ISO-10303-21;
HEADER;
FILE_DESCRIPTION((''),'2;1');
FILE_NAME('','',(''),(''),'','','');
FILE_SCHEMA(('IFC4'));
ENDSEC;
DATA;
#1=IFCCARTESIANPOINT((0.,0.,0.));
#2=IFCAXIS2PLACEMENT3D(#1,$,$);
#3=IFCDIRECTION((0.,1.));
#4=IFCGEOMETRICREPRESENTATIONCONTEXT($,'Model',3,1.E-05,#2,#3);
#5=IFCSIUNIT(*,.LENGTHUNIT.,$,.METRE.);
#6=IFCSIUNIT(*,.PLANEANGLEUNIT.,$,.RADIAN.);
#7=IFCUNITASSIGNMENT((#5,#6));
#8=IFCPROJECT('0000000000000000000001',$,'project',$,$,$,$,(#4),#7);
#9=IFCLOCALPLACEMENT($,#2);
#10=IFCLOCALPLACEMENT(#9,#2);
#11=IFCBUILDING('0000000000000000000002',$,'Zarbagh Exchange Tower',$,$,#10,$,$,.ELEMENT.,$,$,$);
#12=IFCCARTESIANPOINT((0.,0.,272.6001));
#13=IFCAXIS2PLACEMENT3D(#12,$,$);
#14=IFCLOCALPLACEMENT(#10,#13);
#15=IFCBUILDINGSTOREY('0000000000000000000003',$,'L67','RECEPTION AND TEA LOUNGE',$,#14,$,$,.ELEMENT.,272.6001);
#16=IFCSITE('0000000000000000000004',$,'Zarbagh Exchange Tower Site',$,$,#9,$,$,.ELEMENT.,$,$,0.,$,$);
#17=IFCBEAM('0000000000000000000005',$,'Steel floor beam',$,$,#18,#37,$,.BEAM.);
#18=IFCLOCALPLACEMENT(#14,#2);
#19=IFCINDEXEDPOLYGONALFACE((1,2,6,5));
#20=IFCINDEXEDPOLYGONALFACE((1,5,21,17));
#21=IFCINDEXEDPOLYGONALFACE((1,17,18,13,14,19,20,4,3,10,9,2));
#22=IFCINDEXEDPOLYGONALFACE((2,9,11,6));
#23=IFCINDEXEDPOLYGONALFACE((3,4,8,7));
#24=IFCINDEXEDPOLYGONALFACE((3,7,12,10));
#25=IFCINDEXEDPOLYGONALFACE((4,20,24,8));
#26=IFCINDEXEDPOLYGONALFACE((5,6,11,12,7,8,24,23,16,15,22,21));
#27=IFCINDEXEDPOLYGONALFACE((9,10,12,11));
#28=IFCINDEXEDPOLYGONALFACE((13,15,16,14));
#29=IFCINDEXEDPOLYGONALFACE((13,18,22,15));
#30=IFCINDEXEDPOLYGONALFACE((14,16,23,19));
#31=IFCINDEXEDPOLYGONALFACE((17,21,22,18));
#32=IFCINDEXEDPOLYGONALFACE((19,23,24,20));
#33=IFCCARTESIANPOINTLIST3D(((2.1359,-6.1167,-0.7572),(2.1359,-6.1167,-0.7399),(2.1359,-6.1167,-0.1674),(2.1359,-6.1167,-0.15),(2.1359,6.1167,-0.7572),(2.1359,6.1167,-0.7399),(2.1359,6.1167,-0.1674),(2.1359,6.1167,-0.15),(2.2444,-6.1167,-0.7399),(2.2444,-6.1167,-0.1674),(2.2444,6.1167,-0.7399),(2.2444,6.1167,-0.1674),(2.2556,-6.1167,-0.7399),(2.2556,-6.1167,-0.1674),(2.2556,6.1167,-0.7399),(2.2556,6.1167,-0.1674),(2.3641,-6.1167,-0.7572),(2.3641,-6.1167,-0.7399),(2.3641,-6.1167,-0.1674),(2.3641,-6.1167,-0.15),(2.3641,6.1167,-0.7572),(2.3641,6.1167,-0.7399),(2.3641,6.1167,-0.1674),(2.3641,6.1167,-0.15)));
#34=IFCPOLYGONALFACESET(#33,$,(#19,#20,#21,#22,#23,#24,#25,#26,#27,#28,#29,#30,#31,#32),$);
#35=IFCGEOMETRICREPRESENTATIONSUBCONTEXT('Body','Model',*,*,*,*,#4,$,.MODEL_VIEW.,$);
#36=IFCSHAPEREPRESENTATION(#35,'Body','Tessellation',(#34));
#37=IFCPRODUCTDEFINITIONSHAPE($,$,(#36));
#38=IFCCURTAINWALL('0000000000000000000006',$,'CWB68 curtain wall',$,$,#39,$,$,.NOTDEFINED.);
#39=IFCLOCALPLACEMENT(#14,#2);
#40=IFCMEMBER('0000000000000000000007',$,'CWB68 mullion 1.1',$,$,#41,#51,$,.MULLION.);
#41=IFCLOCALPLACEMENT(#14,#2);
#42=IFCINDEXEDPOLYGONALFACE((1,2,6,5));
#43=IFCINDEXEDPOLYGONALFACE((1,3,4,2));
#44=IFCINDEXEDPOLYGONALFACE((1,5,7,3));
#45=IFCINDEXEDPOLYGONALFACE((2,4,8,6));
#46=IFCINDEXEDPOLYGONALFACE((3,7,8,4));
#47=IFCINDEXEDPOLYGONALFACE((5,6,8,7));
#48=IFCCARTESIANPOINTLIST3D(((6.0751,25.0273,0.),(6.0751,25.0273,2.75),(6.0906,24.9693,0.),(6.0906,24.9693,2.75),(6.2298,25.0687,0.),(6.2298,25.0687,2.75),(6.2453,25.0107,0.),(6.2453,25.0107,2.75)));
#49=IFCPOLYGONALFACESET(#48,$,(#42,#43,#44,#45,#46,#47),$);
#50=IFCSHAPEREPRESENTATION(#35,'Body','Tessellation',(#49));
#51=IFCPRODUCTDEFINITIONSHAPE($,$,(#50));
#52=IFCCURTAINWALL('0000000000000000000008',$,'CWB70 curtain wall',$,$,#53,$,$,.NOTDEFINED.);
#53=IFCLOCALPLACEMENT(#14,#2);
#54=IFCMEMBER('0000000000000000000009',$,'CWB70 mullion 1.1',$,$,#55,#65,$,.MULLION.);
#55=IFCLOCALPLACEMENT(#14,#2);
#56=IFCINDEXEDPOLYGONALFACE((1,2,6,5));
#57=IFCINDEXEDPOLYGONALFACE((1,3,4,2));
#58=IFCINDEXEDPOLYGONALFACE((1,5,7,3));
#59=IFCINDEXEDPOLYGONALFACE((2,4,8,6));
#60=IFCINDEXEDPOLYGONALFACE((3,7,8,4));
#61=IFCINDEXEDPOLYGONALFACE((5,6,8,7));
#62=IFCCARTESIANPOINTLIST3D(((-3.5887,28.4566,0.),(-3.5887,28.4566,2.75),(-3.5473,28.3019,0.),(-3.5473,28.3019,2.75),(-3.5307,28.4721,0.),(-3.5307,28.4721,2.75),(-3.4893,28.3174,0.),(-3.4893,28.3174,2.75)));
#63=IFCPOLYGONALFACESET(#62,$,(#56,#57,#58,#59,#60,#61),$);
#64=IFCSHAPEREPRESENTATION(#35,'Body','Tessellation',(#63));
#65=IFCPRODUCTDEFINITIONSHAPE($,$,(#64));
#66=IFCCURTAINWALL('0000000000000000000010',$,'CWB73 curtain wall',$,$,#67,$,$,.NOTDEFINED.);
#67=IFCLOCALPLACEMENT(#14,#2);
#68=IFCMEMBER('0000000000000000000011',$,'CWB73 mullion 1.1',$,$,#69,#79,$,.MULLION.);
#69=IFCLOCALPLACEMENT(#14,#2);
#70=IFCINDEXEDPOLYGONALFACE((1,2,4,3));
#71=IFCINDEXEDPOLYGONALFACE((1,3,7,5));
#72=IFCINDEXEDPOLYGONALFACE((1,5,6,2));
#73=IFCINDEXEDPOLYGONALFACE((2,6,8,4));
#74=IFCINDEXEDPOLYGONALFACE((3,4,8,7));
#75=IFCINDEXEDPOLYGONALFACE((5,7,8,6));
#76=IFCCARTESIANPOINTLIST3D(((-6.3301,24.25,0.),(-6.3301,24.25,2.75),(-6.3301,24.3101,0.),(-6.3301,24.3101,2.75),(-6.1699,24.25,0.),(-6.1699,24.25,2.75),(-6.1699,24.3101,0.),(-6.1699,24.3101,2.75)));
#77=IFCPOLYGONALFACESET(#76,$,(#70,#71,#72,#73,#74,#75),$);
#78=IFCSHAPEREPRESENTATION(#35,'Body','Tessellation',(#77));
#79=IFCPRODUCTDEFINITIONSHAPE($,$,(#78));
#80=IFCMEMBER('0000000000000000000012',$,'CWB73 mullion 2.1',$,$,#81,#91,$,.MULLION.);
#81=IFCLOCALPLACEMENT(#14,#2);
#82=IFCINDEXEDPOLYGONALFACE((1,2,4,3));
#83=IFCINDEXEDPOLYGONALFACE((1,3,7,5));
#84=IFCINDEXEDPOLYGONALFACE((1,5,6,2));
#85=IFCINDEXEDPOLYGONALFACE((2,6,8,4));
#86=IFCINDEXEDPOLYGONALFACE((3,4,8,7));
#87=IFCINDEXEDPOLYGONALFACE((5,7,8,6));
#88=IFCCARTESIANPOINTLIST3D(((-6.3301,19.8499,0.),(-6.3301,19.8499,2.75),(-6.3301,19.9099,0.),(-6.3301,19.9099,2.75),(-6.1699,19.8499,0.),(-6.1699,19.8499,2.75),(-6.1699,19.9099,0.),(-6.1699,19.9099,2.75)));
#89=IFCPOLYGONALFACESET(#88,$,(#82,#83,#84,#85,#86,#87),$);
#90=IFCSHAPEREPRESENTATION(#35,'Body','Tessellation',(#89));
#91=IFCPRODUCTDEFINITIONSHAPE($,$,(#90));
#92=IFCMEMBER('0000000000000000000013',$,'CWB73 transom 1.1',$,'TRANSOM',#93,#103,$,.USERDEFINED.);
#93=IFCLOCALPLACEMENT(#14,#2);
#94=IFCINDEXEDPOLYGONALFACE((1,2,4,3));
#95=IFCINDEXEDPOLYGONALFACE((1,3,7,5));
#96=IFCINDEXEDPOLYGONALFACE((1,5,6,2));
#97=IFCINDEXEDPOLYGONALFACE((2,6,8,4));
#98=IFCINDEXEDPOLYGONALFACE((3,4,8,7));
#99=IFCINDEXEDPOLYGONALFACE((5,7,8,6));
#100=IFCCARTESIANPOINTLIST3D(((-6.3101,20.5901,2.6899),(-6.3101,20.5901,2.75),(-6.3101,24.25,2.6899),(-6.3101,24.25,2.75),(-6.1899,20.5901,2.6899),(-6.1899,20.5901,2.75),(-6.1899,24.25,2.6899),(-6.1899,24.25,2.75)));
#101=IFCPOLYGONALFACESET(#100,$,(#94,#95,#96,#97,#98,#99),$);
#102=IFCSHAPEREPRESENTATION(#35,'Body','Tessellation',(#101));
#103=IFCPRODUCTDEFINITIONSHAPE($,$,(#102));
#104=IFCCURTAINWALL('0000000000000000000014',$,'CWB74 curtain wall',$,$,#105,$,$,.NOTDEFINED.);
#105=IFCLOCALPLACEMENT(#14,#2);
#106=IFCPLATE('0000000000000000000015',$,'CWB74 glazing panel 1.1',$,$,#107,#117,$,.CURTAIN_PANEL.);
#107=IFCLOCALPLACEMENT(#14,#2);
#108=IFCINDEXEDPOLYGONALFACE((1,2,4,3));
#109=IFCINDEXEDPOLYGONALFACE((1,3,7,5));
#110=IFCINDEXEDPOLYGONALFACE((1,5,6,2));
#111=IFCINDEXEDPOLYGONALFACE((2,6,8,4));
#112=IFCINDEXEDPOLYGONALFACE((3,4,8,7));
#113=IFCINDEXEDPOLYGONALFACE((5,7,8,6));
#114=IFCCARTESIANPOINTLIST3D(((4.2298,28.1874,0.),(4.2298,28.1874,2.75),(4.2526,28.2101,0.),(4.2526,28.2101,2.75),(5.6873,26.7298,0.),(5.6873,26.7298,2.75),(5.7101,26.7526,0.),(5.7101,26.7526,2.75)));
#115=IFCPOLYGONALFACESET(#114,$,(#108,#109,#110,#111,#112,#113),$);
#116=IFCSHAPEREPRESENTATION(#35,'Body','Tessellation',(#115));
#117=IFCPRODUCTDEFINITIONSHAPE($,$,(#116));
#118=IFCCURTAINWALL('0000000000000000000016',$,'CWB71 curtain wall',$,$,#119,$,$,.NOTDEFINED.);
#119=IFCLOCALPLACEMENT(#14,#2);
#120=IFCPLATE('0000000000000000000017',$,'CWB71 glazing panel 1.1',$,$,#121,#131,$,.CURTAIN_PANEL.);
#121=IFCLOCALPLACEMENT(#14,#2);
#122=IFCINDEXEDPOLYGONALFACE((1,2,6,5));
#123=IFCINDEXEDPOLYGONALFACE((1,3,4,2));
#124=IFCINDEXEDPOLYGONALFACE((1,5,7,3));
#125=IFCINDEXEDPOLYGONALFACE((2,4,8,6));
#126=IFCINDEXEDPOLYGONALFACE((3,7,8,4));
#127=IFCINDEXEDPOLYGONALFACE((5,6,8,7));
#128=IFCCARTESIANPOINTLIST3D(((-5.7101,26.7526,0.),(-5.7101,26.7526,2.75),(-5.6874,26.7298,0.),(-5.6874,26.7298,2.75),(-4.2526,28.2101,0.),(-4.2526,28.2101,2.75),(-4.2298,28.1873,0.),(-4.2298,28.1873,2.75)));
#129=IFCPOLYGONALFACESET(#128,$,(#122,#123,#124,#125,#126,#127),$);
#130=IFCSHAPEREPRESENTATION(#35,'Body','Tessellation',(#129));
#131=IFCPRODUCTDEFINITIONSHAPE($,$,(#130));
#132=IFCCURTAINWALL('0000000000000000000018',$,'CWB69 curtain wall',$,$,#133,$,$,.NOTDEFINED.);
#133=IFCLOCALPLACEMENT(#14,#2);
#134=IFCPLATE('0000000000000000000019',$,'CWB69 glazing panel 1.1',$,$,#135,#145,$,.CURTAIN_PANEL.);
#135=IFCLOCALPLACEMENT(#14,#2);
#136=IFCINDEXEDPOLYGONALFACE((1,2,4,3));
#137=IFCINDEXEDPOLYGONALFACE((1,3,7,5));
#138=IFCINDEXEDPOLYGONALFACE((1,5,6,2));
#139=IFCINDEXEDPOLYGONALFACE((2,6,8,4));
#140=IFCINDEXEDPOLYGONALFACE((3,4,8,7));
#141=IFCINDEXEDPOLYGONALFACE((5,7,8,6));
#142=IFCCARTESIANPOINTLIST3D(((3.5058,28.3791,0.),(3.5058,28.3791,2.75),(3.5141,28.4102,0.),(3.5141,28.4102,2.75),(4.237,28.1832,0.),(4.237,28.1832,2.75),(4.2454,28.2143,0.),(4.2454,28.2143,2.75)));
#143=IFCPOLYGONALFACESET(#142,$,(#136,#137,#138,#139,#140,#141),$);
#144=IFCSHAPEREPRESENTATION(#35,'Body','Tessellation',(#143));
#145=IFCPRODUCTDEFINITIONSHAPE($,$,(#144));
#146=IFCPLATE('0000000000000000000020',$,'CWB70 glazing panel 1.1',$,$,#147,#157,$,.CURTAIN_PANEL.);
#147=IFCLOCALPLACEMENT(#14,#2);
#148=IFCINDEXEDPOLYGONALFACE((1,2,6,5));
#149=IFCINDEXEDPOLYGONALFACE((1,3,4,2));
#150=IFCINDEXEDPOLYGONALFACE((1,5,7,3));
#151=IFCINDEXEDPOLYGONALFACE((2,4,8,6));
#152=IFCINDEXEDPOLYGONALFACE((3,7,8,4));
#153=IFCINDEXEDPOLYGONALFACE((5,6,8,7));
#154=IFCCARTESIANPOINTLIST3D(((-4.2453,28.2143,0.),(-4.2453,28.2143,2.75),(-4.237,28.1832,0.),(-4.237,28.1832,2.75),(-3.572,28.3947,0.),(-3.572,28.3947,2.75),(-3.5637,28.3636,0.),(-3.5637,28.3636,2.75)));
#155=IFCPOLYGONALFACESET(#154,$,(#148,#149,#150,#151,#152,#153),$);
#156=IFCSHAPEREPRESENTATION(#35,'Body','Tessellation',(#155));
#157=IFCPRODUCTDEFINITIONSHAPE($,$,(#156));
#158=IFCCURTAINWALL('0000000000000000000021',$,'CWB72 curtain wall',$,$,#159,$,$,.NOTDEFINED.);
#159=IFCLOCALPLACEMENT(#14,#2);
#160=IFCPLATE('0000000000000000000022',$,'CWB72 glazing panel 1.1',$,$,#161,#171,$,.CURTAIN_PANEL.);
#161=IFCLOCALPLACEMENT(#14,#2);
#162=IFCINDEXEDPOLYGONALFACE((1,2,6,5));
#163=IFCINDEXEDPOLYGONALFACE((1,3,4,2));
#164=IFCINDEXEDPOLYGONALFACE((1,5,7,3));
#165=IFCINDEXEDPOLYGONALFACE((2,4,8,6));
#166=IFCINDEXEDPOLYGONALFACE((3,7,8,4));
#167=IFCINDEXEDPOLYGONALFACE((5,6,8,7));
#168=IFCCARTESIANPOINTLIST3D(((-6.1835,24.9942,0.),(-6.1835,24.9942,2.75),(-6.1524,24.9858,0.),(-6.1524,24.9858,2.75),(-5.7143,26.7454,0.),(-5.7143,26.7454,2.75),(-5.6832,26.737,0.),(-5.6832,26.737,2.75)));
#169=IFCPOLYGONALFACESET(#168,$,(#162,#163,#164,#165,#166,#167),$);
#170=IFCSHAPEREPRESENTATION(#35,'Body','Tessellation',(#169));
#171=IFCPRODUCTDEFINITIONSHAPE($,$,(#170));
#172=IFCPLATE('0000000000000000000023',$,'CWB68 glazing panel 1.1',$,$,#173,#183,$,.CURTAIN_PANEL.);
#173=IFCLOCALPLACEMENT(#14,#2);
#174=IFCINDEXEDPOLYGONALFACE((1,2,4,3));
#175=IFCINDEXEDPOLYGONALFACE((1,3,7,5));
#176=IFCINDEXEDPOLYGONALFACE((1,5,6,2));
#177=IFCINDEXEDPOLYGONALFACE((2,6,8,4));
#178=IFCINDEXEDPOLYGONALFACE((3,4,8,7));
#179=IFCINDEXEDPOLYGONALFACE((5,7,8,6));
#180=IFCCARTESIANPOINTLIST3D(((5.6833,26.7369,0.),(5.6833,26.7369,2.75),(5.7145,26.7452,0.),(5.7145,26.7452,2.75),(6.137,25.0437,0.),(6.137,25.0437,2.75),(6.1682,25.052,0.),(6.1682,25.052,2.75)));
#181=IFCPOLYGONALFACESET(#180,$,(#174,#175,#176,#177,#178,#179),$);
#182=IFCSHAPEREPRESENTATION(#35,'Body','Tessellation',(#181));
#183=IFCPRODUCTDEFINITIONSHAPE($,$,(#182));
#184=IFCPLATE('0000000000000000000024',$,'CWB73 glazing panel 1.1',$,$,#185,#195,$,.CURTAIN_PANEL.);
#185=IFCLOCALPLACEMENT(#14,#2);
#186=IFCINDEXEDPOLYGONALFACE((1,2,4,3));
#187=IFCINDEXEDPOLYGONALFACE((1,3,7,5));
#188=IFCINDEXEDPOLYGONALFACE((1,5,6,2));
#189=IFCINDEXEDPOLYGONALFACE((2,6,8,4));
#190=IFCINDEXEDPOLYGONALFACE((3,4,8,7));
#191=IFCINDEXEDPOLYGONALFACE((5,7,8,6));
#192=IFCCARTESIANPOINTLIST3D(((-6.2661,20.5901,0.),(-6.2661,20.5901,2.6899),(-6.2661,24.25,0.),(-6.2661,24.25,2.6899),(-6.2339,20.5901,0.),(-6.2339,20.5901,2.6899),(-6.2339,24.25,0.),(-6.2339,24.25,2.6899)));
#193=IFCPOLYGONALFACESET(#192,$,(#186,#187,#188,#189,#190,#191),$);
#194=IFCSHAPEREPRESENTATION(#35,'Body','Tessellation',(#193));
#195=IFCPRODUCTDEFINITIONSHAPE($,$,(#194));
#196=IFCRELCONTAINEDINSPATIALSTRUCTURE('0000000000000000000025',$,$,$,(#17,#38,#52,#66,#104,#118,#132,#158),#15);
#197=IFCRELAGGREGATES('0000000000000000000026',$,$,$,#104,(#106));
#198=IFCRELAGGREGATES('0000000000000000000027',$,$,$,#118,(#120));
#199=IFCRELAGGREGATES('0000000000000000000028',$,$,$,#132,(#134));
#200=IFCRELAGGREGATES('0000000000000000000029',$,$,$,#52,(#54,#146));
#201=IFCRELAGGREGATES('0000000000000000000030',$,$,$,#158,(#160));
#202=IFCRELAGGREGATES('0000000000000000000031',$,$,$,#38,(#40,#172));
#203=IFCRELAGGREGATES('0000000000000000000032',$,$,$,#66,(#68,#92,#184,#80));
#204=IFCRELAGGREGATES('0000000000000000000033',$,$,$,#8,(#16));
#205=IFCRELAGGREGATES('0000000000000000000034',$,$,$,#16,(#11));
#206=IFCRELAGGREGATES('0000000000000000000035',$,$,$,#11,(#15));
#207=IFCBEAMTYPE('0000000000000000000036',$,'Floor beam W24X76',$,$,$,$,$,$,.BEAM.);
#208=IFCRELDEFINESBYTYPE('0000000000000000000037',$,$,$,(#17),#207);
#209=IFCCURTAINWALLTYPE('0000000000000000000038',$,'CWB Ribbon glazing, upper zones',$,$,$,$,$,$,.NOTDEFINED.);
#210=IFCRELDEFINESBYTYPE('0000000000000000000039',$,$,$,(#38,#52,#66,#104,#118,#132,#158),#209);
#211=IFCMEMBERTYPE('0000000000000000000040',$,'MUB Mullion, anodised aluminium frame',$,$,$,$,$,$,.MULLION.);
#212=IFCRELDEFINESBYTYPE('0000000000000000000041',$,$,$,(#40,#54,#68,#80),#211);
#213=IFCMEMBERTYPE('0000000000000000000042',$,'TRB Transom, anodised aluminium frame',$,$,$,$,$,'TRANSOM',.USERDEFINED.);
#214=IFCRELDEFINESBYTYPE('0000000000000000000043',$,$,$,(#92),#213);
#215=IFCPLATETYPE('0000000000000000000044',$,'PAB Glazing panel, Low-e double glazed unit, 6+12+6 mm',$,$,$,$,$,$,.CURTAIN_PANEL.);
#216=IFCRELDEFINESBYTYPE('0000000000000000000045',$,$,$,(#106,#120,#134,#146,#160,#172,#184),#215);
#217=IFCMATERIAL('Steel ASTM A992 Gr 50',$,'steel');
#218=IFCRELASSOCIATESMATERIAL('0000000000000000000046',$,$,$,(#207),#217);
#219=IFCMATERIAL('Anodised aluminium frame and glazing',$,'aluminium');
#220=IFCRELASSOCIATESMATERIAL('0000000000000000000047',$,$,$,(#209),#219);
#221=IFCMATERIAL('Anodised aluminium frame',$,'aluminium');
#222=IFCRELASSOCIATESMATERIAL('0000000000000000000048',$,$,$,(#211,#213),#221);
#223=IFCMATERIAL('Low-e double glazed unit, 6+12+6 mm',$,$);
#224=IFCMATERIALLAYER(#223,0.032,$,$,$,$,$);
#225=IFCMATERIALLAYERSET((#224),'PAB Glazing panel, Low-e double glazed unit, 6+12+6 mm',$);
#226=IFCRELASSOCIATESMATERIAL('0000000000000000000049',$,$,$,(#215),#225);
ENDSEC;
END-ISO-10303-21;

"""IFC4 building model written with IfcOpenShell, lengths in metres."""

from ifc_helpers import new_model, si_unit, direction, frame, origin, origin_2d, place, context, subcontext, project, spatial, polyline, i_section, outline, extrude, source, transform, mapped, material, layer, layer_set, material_profile, profile_set, type_object, element, aggregate, save


model = new_model("IFC4")

# Units and contexts
model_context = context("Model", 3, precision=1e-05, world=origin(), true_north=direction((0.0, 1.0)))
body_context = subcontext(model_context, "Body", "Model", "MODEL_VIEW")
ifc_project = project(units=[si_unit("LENGTHUNIT", "METRE"), si_unit("PLANEANGLEUNIT", "RADIAN")], contexts=[model_context])

# Site, building, storey
site_placement = place(None, origin())
site = spatial("IfcSite", under=ifc_project, at=site_placement, Name="Zarbagh Exchange Tower Site", CompositionType="ELEMENT", RefElevation=0.0)
building_placement = place(site_placement, origin())
building = spatial("IfcBuilding", under=site, at=building_placement, Name="Zarbagh Exchange Tower", CompositionType="ELEMENT")
storey_placement = place(building_placement, frame((0.0, 0.0, 272.6001)))
storey = spatial("IfcBuildingStorey", under=building, at=storey_placement, Name="L67", Description="RECEPTION AND TEA LOUNGE", CompositionType="ELEMENT", Elevation=272.6001)

# Beam
ifc_material_1 = material(Name="Steel ASTM A992 Gr 50", Category="steel")
ifc_material_profile = material_profile(ifc_material_1, i_section(OverallWidth=0.2283, OverallDepth=0.6072, WebThickness=0.0112, FlangeThickness=0.0173, at=origin_2d()), Name="W24X76")
ifc_profile_set = profile_set([ifc_material_profile], Name="Steel ASTM A992 Gr 50")
beam_type = type_object("IfcBeamType", Name="Floor beam W24X76", PredefinedType="BEAM", material=ifc_profile_set)
beam_placement = place(storey_placement, frame((2.25, -6.1167, -0.4536), z_axis=(0.0, 1.0, 0.0), x_axis=(-1.0, 0.0, 0.0)))
element("IfcBeam", 1, at=beam_placement, inside=storey, type_object=beam_type, Name="Steel floor beam", PredefinedType="BEAM", context=body_context, shape_type="SweptSolid", body=[
    extrude(i_section(OverallWidth=0.2283, OverallDepth=0.6072, WebThickness=0.0112, FlangeThickness=0.0173, at=origin_2d()), origin(), (0.0, 0.0, 1.0), 12.2334),
])

# Curtain walls, members
ifc_material_2 = material(Name="Anodised aluminium frame and glazing", Category="aluminium")
curtain_wall_type = type_object("IfcCurtainWallType", Name="CWB Ribbon glazing, upper zones", PredefinedType="NOTDEFINED", material=ifc_material_2)
curtain_wall_1_placement = place(storey_placement, origin())
curtain_wall_1 = element("IfcCurtainWall", 2, at=curtain_wall_1_placement, inside=storey, type_object=curtain_wall_type, Name="CWB68 curtain wall", PredefinedType="NOTDEFINED")
ifc_material_3 = material(Name="Anodised aluminium frame", Category="aluminium")
member_type_1 = type_object("IfcMemberType", Name="MUB Mullion, anodised aluminium frame", PredefinedType="MULLION", material=ifc_material_3)
shared_shape_1 = source(origin(), body_context, "Body", "SweptSolid", [
    extrude(outline(polyline([(0.0, -0.0801), (0.0601, -0.0801), (0.0601, 0.0801), (0.0, 0.0801), (0.0, -0.0801)])), origin(), (0.0, 0.0, 1.0), 2.75),
])
placement = place(storey_placement, origin())
member_1 = element("IfcMember", 3, at=placement, type_object=member_type_1, Name="CWB68 mullion 1.1", PredefinedType="MULLION", context=body_context, shape_type="MappedRepresentation", body=[
    mapped(shared_shape_1, transform((6.168, 24.99, 0.0), x_axis=(-0.258825, 0.965924, 0.0), y_axis=(-0.965924, -0.258825, 0.0), z_axis=(0.0, 0.0, 1.0))),
])
curtain_wall_2_placement = place(storey_placement, origin())
curtain_wall_2 = element("IfcCurtainWall", 4, at=curtain_wall_2_placement, inside=storey, type_object=curtain_wall_type, Name="CWB70 curtain wall", PredefinedType="NOTDEFINED")
member_2 = element("IfcMember", 5, at=placement, type_object=member_type_1, Name="CWB70 mullion 1.1", PredefinedType="MULLION", context=body_context, shape_type="MappedRepresentation", body=[
    mapped(shared_shape_1, transform((-3.51, 28.3948, 0.0), x_axis=(-0.965924, -0.258825, 0.0), y_axis=(0.258825, -0.965924, 0.0), z_axis=(0.0, 0.0, 1.0))),
])

# Curtain wall, members
curtain_wall_3_placement = place(storey_placement, origin())
curtain_wall_3 = element("IfcCurtainWall", 6, at=curtain_wall_3_placement, inside=storey, type_object=curtain_wall_type, Name="CWB73 curtain wall", PredefinedType="NOTDEFINED")
member_3 = element("IfcMember", 7, at=placement, type_object=member_type_1, Name="CWB73 mullion 1.1", PredefinedType="MULLION", context=body_context, shape_type="MappedRepresentation", body=[
    mapped(shared_shape_1, transform((-6.25, 24.3101, 0.0), x_axis=(0.0, -1.0, 0.0), y_axis=(1.0, 0.0, 0.0), z_axis=(0.0, 0.0, 1.0))),
])
member_4 = element("IfcMember", 8, at=placement, type_object=member_type_1, Name="CWB73 mullion 2.1", PredefinedType="MULLION", context=body_context, shape_type="MappedRepresentation", body=[
    mapped(shared_shape_1, transform((-6.25, 19.9099, 0.0), x_axis=(0.0, -1.0, 0.0), y_axis=(1.0, 0.0, 0.0), z_axis=(0.0, 0.0, 1.0))),
])
member_type_2 = type_object("IfcMemberType", Name="TRB Transom, anodised aluminium frame", ElementType="TRANSOM", PredefinedType="USERDEFINED", material=ifc_material_3)
shared_shape_2 = source(origin(), body_context, "Body", "SweptSolid", [
    extrude(outline(polyline([(-0.0601, -0.0601), (0.0, -0.0601), (0.0, 0.0601), (-0.0601, 0.0601), (-0.0601, -0.0601)])), origin(), (0.0, 0.0, 1.0), 3.6599),
])
member_5 = element("IfcMember", 9, at=placement, type_object=member_type_2, Name="CWB73 transom 1.1", ObjectType="TRANSOM", PredefinedType="USERDEFINED", context=body_context, shape_type="MappedRepresentation", body=[
    mapped(shared_shape_2, transform((-6.25, 24.25, 2.75), x_axis=(0.0, 0.0, 1.0), y_axis=(-1.0, 0.0, 0.0), z_axis=(0.0, -1.0, 0.0))),
])

# Curtain walls, plates
curtain_wall_4_placement = place(storey_placement, origin())
curtain_wall_4 = element("IfcCurtainWall", 10, at=curtain_wall_4_placement, inside=storey, type_object=curtain_wall_type, Name="CWB74 curtain wall", PredefinedType="NOTDEFINED")
ifc_material_4 = material(Name="Low-e double glazed unit, 6+12+6 mm")
ifc_layer_1 = layer(ifc_material_4, 0.032)
ifc_layer_set_1 = layer_set([ifc_layer_1], Name="PAB Glazing panel, Low-e double glazed unit, 6+12+6 mm")
plate_type = type_object("IfcPlateType", Name="PAB Glazing panel, Low-e double glazed unit, 6+12+6 mm", PredefinedType="CURTAIN_PANEL", material=ifc_layer_set_1)
shared_shape_3 = source(origin(), body_context, "Body", "SweptSolid", [
    extrude(outline(polyline([(0.0, -0.0161), (2.0613, -0.0161), (2.0613, 0.0161), (0.0, 0.0161), (0.0, -0.0161)])), origin(), (0.0, 0.0, 1.0), 2.75),
])
plate_1 = element("IfcPlate", 11, at=placement, type_object=plate_type, Name="CWB74 glazing panel 1.1", PredefinedType="CURTAIN_PANEL", context=body_context, shape_type="MappedRepresentation", body=[
    mapped(shared_shape_3, transform((5.6987, 26.7412, 0.0), x_axis=(-0.707107, 0.707107, 0.0), y_axis=(-0.707107, -0.707107, 0.0), z_axis=(0.0, 0.0, 1.0))),
])
aggregate(curtain_wall_4, [plate_1])
curtain_wall_5_placement = place(storey_placement, origin())
curtain_wall_5 = element("IfcCurtainWall", 12, at=curtain_wall_5_placement, inside=storey, type_object=curtain_wall_type, Name="CWB71 curtain wall", PredefinedType="NOTDEFINED")
plate_2 = element("IfcPlate", 13, at=placement, type_object=plate_type, Name="CWB71 glazing panel 1.1", PredefinedType="CURTAIN_PANEL", context=body_context, shape_type="MappedRepresentation", body=[
    mapped(shared_shape_3, transform((-4.2412, 28.1987, 0.0), x_axis=(-0.707107, -0.707107, 0.0), y_axis=(0.707107, -0.707107, 0.0), z_axis=(0.0, 0.0, 1.0))),
])
aggregate(curtain_wall_5, [plate_2])
curtain_wall_6_placement = place(storey_placement, origin())
curtain_wall_6 = element("IfcCurtainWall", 14, at=curtain_wall_6_placement, inside=storey, type_object=curtain_wall_type, Name="CWB69 curtain wall", PredefinedType="NOTDEFINED")
shared_shape_4 = source(origin(), body_context, "Body", "SweptSolid", [
    extrude(outline(polyline([(0.0, -0.0161), (0.7571, -0.0161), (0.7571, 0.0161), (0.0, 0.0161), (0.0, -0.0161)])), origin(), (0.0, 0.0, 1.0), 2.75),
])
plate_3 = element("IfcPlate", 15, at=placement, type_object=plate_type, Name="CWB69 glazing panel 1.1", PredefinedType="CURTAIN_PANEL", context=body_context, shape_type="MappedRepresentation", body=[
    mapped(shared_shape_4, transform((4.2412, 28.1987, 0.0), x_axis=(-0.965924, 0.258825, 0.0), y_axis=(-0.258825, -0.965924, 0.0), z_axis=(0.0, 0.0, 1.0))),
])
aggregate(curtain_wall_6, [plate_3])

# Plate
shared_shape_5 = source(origin(), body_context, "Body", "SweptSolid", [
    extrude(outline(polyline([(0.0, -0.0161), (0.697, -0.0161), (0.697, 0.0161), (0.0, 0.0161), (0.0, -0.0161)])), origin(), (0.0, 0.0, 1.0), 2.75),
])
plate_4 = element("IfcPlate", 16, at=placement, type_object=plate_type, Name="CWB70 glazing panel 1.1", PredefinedType="CURTAIN_PANEL", context=body_context, shape_type="MappedRepresentation", body=[
    mapped(shared_shape_5, transform((-3.5679, 28.3792, 0.0), x_axis=(-0.965924, -0.258825, 0.0), y_axis=(0.258825, -0.965924, 0.0), z_axis=(0.0, 0.0, 1.0))),
])
aggregate(curtain_wall_2, [member_2, plate_4])

# Curtain wall, plate
curtain_wall_7_placement = place(storey_placement, origin())
curtain_wall_7 = element("IfcCurtainWall", 17, at=curtain_wall_7_placement, inside=storey, type_object=curtain_wall_type, Name="CWB72 curtain wall", PredefinedType="NOTDEFINED")
shared_shape_6 = source(origin(), body_context, "Body", "SweptSolid", [
    extrude(outline(polyline([(0.0, -0.0161), (1.813, -0.0161), (1.813, 0.0161), (0.0, 0.0161), (0.0, -0.0161)])), origin(), (0.0, 0.0, 1.0), 2.75),
])
plate_5 = element("IfcPlate", 18, at=placement, type_object=plate_type, Name="CWB72 glazing panel 1.1", PredefinedType="CURTAIN_PANEL", context=body_context, shape_type="MappedRepresentation", body=[
    mapped(shared_shape_6, transform((-5.6987, 26.7412, 0.0), x_axis=(-0.258825, -0.965924, 0.0), y_axis=(0.965924, -0.258825, 0.0), z_axis=(0.0, 0.0, 1.0))),
])
aggregate(curtain_wall_7, [plate_5])

# Plates
shared_shape_7 = source(origin(), body_context, "Body", "SweptSolid", [
    extrude(outline(polyline([(0.0, -0.0161), (1.7529, -0.0161), (1.7529, 0.0161), (0.0, 0.0161), (0.0, -0.0161)])), origin(), (0.0, 0.0, 1.0), 2.75),
])
plate_6 = element("IfcPlate", 19, at=placement, type_object=plate_type, Name="CWB68 glazing panel 1.1", PredefinedType="CURTAIN_PANEL", context=body_context, shape_type="MappedRepresentation", body=[
    mapped(shared_shape_7, transform((6.1526, 25.0479, 0.0), x_axis=(-0.258825, 0.965924, 0.0), y_axis=(-0.965924, -0.258825, 0.0), z_axis=(0.0, 0.0, 1.0))),
])
aggregate(curtain_wall_1, [member_1, plate_6])
shared_shape_8 = source(origin(), body_context, "Body", "SweptSolid", [
    extrude(outline(polyline([(0.0, -0.0161), (3.6599, -0.0161), (3.6599, 0.0161), (0.0, 0.0161), (0.0, -0.0161)])), origin(), (0.0, 0.0, 1.0), 2.6899),
])
plate_7 = element("IfcPlate", 20, at=placement, type_object=plate_type, Name="CWB73 glazing panel 1.1", PredefinedType="CURTAIN_PANEL", context=body_context, shape_type="MappedRepresentation", body=[
    mapped(shared_shape_8, transform((-6.25, 24.25, 0.0), x_axis=(0.0, -1.0, 0.0), y_axis=(1.0, 0.0, 0.0), z_axis=(0.0, 0.0, 1.0))),
])
aggregate(curtain_wall_3, [member_3, member_5, plate_7, member_4])

save(model, "model.ifc")
